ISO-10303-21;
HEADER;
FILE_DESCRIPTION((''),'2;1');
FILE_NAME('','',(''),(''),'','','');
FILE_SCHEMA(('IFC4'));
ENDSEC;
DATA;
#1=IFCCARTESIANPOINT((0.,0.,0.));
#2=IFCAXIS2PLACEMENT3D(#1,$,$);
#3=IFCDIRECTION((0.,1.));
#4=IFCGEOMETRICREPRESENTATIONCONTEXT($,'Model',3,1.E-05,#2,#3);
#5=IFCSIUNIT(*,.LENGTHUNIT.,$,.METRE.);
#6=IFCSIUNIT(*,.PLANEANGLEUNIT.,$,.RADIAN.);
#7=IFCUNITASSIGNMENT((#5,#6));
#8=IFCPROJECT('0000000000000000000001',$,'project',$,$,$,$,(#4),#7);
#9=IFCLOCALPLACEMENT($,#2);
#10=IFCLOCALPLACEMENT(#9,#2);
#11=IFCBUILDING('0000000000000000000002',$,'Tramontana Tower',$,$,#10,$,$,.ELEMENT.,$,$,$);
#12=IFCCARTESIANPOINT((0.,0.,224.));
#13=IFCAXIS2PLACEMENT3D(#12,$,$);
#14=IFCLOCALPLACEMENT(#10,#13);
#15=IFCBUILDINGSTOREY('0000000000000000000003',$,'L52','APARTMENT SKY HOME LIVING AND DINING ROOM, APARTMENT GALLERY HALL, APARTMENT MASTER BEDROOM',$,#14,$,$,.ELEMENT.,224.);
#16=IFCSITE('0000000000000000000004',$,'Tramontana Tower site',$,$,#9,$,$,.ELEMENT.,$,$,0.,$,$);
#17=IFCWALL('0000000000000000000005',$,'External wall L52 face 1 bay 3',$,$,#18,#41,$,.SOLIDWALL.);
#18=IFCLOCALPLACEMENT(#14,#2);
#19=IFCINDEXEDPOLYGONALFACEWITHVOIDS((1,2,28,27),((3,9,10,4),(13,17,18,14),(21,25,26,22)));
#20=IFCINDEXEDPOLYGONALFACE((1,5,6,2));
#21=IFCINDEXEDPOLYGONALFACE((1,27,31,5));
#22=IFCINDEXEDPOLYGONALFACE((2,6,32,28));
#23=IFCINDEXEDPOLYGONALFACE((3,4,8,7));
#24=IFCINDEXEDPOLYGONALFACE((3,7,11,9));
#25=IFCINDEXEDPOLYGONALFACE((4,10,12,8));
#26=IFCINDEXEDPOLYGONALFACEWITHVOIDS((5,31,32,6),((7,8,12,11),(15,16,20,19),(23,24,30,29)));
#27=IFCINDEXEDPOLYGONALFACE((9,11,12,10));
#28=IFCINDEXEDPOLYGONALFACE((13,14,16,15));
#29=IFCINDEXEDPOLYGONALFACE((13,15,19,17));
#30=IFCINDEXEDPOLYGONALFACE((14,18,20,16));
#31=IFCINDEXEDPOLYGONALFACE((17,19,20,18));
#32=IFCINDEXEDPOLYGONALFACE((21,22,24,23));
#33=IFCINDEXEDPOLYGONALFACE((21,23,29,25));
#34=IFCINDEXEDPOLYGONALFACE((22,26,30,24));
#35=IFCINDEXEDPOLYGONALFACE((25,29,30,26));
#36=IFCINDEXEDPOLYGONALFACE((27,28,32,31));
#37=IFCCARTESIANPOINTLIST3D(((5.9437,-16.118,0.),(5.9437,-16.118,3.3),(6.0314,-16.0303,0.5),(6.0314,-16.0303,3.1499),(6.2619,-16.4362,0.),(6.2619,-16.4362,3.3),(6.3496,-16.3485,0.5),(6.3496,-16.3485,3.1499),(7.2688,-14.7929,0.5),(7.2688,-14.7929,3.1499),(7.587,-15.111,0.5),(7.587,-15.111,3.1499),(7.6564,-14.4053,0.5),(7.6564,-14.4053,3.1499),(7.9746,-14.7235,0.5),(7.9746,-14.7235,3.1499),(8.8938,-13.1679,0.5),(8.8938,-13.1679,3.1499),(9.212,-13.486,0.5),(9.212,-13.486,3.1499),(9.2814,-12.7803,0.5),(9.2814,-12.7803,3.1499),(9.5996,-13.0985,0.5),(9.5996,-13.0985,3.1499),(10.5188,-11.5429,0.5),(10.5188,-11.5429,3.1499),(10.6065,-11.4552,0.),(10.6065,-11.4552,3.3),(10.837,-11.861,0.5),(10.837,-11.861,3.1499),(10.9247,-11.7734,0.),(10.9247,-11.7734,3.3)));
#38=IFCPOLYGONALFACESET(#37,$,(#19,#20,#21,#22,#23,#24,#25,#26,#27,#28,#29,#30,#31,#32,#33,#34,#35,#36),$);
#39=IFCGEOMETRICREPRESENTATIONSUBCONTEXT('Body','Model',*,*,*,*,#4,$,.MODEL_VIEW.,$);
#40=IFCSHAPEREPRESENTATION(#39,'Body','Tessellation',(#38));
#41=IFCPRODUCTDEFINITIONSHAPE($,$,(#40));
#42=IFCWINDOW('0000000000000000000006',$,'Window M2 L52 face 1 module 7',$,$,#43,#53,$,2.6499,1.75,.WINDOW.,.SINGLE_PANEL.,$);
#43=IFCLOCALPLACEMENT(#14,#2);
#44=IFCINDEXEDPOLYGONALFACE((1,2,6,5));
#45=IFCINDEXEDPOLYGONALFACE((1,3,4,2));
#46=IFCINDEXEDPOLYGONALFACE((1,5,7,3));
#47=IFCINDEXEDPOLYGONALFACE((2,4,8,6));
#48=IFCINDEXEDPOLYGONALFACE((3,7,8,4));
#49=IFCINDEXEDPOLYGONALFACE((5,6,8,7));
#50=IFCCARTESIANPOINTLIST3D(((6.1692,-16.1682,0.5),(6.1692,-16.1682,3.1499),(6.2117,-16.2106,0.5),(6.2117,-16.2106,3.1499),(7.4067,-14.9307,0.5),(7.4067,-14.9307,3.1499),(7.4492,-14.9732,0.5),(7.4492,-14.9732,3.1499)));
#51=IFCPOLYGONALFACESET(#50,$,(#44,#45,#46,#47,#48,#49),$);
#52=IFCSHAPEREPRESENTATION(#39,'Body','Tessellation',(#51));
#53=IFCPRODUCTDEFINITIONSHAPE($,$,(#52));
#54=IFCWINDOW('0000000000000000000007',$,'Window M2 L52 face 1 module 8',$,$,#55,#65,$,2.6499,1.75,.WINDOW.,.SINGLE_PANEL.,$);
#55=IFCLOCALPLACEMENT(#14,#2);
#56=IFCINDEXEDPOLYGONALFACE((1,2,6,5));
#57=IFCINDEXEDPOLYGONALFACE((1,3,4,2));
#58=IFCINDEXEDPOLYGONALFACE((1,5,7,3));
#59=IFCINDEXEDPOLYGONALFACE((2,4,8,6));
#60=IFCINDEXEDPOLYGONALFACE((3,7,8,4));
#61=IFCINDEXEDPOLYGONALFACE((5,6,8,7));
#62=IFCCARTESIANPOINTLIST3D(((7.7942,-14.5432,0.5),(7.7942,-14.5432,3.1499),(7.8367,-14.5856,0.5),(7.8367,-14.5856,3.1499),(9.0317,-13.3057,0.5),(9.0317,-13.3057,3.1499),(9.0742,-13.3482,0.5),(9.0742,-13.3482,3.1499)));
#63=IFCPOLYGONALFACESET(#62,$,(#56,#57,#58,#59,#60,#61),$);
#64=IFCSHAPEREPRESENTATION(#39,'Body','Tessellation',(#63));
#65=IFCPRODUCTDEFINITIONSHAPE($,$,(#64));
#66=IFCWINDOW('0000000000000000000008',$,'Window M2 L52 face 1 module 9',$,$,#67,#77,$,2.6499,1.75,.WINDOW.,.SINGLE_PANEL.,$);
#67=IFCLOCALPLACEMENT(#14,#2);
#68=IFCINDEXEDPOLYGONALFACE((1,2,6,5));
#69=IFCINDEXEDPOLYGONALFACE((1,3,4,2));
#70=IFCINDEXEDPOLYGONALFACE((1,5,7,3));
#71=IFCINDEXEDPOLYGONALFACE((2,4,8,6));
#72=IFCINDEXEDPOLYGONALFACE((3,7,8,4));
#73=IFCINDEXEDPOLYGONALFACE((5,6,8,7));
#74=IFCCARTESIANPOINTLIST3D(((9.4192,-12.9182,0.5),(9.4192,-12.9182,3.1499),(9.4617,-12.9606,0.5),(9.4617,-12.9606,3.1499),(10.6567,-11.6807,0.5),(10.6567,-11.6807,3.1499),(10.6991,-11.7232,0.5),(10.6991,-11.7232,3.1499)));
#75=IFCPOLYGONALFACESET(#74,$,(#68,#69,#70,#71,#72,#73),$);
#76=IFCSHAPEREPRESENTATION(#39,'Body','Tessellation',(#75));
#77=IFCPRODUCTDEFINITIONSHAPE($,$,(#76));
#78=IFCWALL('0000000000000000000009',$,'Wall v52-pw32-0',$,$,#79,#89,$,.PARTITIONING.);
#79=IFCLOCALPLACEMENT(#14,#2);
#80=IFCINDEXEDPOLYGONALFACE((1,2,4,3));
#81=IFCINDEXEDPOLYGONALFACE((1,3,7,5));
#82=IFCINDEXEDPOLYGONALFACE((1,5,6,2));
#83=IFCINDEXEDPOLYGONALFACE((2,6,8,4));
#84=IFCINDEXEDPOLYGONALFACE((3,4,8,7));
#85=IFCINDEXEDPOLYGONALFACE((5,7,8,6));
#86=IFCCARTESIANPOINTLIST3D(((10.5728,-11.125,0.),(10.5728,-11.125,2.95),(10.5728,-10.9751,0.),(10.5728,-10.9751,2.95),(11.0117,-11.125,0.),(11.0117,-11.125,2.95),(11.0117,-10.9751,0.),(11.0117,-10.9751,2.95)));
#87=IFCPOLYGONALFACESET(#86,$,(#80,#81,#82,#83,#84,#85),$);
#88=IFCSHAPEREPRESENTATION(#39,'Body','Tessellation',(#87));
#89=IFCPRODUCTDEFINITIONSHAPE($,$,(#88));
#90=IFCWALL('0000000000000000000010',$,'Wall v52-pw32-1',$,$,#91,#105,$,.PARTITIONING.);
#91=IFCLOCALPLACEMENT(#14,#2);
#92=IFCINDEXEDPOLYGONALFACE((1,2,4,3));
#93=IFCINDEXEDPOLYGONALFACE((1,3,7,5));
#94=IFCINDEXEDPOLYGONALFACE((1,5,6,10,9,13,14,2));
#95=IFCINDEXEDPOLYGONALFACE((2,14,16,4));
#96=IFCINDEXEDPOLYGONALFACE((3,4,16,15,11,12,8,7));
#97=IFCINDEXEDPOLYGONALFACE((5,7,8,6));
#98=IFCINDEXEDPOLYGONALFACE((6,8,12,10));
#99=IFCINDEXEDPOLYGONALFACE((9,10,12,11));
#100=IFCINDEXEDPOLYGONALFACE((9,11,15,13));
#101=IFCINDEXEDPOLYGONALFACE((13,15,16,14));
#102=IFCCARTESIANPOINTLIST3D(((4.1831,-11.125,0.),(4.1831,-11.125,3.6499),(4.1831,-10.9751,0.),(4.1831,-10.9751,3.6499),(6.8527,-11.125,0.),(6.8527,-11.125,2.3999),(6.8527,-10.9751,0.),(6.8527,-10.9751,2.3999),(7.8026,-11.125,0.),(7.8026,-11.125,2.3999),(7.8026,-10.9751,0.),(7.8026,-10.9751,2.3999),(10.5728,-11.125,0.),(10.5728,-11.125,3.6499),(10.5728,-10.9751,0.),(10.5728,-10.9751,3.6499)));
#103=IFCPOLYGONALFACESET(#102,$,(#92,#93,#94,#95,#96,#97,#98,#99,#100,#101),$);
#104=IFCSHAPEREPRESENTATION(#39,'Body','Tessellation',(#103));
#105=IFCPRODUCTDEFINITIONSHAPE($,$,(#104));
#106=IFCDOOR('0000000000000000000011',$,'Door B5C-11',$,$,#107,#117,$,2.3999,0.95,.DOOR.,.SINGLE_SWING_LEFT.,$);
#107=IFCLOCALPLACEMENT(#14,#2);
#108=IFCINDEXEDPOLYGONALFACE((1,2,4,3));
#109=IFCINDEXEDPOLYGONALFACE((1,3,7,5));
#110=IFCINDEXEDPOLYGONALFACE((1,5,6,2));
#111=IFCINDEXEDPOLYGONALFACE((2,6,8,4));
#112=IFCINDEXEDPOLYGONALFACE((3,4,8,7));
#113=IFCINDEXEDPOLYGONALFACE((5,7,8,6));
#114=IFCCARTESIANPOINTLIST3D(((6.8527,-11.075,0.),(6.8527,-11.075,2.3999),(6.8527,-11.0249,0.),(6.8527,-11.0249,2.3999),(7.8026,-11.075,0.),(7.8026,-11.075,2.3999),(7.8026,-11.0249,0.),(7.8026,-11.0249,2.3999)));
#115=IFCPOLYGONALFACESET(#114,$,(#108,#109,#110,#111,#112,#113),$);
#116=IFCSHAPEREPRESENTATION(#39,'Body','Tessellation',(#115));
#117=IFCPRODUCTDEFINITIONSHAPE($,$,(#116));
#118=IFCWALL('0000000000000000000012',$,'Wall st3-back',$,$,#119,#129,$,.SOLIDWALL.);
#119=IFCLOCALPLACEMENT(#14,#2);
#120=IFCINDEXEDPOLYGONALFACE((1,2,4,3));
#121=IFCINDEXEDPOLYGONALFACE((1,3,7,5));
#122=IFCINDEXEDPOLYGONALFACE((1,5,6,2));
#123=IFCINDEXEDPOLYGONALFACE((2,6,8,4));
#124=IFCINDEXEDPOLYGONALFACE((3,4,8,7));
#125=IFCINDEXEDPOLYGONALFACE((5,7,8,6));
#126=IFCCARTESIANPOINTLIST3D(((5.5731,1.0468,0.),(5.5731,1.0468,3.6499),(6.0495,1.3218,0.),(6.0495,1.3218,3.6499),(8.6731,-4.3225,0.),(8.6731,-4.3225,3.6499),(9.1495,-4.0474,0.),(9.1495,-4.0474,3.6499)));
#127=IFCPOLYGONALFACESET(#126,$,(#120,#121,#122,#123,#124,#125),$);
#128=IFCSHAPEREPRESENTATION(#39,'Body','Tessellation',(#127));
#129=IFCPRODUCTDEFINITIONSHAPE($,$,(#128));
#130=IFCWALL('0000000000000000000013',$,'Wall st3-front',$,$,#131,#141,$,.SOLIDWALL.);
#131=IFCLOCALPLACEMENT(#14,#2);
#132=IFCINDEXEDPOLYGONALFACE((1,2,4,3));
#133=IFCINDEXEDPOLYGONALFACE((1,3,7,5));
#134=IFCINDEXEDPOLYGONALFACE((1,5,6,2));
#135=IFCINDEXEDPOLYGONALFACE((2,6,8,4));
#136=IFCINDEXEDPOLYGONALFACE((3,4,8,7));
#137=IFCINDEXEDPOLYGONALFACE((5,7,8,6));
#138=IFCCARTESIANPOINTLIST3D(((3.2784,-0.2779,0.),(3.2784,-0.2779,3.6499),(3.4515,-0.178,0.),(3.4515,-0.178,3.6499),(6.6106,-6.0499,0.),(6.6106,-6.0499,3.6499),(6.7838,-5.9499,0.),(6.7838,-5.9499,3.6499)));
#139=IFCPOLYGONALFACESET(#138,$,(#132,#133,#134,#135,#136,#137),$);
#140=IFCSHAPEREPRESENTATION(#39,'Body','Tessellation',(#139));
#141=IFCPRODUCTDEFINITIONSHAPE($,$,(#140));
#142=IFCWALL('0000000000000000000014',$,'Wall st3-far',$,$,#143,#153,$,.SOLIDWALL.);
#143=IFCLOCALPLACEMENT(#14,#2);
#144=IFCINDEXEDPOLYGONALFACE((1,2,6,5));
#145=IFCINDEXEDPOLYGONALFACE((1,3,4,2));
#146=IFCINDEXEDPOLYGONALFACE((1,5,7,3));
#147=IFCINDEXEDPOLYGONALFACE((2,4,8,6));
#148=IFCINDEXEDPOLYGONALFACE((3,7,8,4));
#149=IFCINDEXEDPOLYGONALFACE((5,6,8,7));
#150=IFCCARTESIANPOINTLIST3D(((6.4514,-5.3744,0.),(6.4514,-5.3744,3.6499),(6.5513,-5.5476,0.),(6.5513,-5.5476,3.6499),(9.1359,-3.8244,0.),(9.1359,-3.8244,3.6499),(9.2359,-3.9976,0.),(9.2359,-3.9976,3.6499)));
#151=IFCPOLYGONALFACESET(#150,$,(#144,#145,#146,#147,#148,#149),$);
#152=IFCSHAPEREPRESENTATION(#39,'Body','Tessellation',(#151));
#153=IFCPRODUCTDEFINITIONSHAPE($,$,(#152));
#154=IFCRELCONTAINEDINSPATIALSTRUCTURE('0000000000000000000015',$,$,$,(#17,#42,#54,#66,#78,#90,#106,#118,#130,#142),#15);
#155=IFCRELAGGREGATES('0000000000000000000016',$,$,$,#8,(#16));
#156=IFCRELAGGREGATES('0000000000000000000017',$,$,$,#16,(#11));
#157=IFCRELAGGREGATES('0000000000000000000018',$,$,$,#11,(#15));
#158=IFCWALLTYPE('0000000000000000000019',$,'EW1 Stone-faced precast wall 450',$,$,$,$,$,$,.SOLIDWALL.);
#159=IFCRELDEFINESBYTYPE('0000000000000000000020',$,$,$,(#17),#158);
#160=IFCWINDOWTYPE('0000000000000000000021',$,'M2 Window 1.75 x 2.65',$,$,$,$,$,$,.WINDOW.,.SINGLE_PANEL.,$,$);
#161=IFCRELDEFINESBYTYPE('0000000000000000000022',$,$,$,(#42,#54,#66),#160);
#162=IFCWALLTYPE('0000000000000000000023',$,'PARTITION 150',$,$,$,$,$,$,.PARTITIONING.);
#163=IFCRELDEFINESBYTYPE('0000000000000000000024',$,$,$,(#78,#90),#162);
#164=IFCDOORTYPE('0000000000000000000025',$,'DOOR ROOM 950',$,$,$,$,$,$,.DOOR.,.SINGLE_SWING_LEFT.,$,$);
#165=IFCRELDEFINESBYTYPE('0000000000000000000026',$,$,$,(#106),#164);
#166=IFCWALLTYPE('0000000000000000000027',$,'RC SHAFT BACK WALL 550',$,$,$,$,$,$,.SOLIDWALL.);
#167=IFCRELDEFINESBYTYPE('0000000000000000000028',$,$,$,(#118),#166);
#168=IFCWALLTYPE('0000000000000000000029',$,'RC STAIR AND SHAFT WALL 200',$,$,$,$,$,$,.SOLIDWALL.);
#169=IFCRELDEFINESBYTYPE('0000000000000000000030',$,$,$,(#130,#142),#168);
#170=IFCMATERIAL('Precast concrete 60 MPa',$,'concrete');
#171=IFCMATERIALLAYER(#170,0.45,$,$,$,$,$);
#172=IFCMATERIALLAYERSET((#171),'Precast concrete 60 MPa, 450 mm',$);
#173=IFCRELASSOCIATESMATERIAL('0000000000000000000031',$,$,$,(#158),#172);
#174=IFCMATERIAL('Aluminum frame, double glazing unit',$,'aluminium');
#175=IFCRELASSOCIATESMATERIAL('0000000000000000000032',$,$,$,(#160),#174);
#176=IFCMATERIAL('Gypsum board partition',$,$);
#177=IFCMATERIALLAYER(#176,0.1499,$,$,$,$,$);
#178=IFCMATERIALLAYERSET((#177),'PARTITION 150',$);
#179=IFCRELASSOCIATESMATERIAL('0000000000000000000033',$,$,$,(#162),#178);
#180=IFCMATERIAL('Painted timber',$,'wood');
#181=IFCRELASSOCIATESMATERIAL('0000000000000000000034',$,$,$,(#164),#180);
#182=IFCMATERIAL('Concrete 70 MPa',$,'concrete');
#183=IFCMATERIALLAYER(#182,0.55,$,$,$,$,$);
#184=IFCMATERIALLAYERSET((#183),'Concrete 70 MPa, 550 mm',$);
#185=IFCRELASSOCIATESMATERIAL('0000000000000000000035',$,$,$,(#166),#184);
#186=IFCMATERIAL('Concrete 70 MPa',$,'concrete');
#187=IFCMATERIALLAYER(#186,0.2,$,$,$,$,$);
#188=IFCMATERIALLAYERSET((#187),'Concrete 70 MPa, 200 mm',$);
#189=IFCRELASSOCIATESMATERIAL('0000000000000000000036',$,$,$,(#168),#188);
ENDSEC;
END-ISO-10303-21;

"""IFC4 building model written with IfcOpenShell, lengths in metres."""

from ifc_helpers import new_model, si_unit, direction, frame, frame_2d, origin, place, context, subcontext, project, spatial, rectangle, extrude, material, layer, layer_set, type_object, element, fill, save


model = new_model("IFC4")

# Units and contexts
model_context = context("Model", 3, precision=1e-05, world=origin(), true_north=direction((0.0, 1.0)))
body_context = subcontext(model_context, "Body", "Model", "MODEL_VIEW")
ifc_project = project(units=[si_unit("LENGTHUNIT", "METRE"), si_unit("PLANEANGLEUNIT", "RADIAN")], contexts=[model_context])

# Site, building, storey
site_placement = place(None, origin())
site = spatial("IfcSite", under=ifc_project, at=site_placement, Name="Tramontana Tower site", CompositionType="ELEMENT", RefElevation=0.0)
building_placement = place(site_placement, origin())
building = spatial("IfcBuilding", under=site, at=building_placement, Name="Tramontana Tower", CompositionType="ELEMENT")
storey_placement = place(building_placement, frame((0.0, 0.0, 224.0)))
storey = spatial("IfcBuildingStorey", under=building, at=storey_placement, Name="L52", Description="APARTMENT SKY HOME LIVING AND DINING ROOM, APARTMENT GALLERY HALL, APARTMENT MASTER BEDROOM", CompositionType="ELEMENT", Elevation=224.0)

# Wall, openings, windows
ifc_material_1 = material(Name="Precast concrete 60 MPa", Category="concrete")
ifc_layer_1 = layer(ifc_material_1, 0.45)
ifc_layer_set_1 = layer_set([ifc_layer_1], Name="Precast concrete 60 MPa, 450 mm")
wall_type_1 = type_object("IfcWallType", Name="EW1 Stone-faced precast wall 450", PredefinedType="SOLIDWALL", material=ifc_layer_set_1)
wall_1_placement = place(storey_placement, frame((6.1028, -16.2771, 0.0), z_axis=(0.0, 0.0, 1.0), x_axis=(0.707107, 0.707107, 0.0)))
wall_1 = element("IfcWall", 1, at=wall_1_placement, inside=storey, type_object=wall_type_1, Name="External wall L52 face 1 bay 3", PredefinedType="SOLIDWALL", context=body_context, shape_type="SweptSolid", body=[
    extrude(rectangle(XDim=6.5942, YDim=0.45, at=frame_2d((3.2971, 0.0))), origin(), (0.0, 0.0, 1.0), 3.3),
])
opening_1_placement = place(wall_1_placement, frame((0.124, 0.0, 0.5)))
opening_1 = element("IfcOpeningElement", 2, at=opening_1_placement, cuts=wall_1, PredefinedType="OPENING", context=body_context, shape_type="SweptSolid", body=[
    extrude(rectangle(XDim=1.75, YDim=2.6499, at=frame_2d((0.875, 1.325))), frame((0.0, 0.2349, 0.0), z_axis=(0.0, -1.0, 0.0), x_axis=(1.0, 0.0, 0.0)), (0.0, 0.0, 1.0), 0.47),
])
opening_2_placement = place(wall_1_placement, frame((2.4221, 0.0, 0.5)))
opening_2 = element("IfcOpeningElement", 3, at=opening_2_placement, cuts=wall_1, PredefinedType="OPENING", context=body_context, shape_type="SweptSolid", body=[
    extrude(rectangle(XDim=1.75, YDim=2.6499, at=frame_2d((0.875, 1.325))), frame((0.0, 0.2349, 0.0), z_axis=(0.0, -1.0, 0.0), x_axis=(1.0, 0.0, 0.0)), (0.0, 0.0, 1.0), 0.47),
])
opening_3_placement = place(wall_1_placement, frame((4.7202, 0.0, 0.5)))
opening_3 = element("IfcOpeningElement", 4, at=opening_3_placement, cuts=wall_1, PredefinedType="OPENING", context=body_context, shape_type="SweptSolid", body=[
    extrude(rectangle(XDim=1.75, YDim=2.6499, at=frame_2d((0.875, 1.325))), frame((0.0, 0.2349, 0.0), z_axis=(0.0, -1.0, 0.0), x_axis=(1.0, 0.0, 0.0)), (0.0, 0.0, 1.0), 0.47),
])
ifc_material_2 = material(Name="Aluminum frame, double glazing unit", Category="aluminium")
window_type = type_object("IfcWindowType", Name="M2 Window 1.75 x 2.65", PartitioningType="SINGLE_PANEL", PredefinedType="WINDOW", material=ifc_material_2)
window_1_placement = place(opening_1_placement, origin())
window_1 = element("IfcWindow", 5, at=window_1_placement, inside=storey, type_object=window_type, Name="Window M2 L52 face 1 module 7", OverallHeight=2.6499, OverallWidth=1.75, PartitioningType="SINGLE_PANEL", PredefinedType="WINDOW", context=body_context, shape_type="SweptSolid", body=[
    extrude(rectangle(XDim=1.75, YDim=2.6499, at=frame_2d((0.875, 1.325))), frame((0.0, 0.03, 0.0), z_axis=(0.0, -1.0, 0.0), x_axis=(1.0, 0.0, 0.0)), (0.0, 0.0, 1.0), 0.0601),
])
fill(opening_1, window_1)
window_2_placement = place(opening_2_placement, origin())
window_2 = element("IfcWindow", 6, at=window_2_placement, inside=storey, type_object=window_type, Name="Window M2 L52 face 1 module 8", OverallHeight=2.6499, OverallWidth=1.75, PartitioningType="SINGLE_PANEL", PredefinedType="WINDOW", context=body_context, shape_type="SweptSolid", body=[
    extrude(rectangle(XDim=1.75, YDim=2.6499, at=frame_2d((0.875, 1.325))), frame((0.0, 0.03, 0.0), z_axis=(0.0, -1.0, 0.0), x_axis=(1.0, 0.0, 0.0)), (0.0, 0.0, 1.0), 0.0601),
])
fill(opening_2, window_2)
window_3_placement = place(opening_3_placement, origin())
window_3 = element("IfcWindow", 7, at=window_3_placement, inside=storey, type_object=window_type, Name="Window M2 L52 face 1 module 9", OverallHeight=2.6499, OverallWidth=1.75, PartitioningType="SINGLE_PANEL", PredefinedType="WINDOW", context=body_context, shape_type="SweptSolid", body=[
    extrude(rectangle(XDim=1.75, YDim=2.6499, at=frame_2d((0.875, 1.325))), frame((0.0, 0.03, 0.0), z_axis=(0.0, -1.0, 0.0), x_axis=(1.0, 0.0, 0.0)), (0.0, 0.0, 1.0), 0.0601),
])
fill(opening_3, window_3)

# Wall
ifc_material_3 = material(Name="Gypsum board partition")
ifc_layer_2 = layer(ifc_material_3, 0.1499)
ifc_layer_set_2 = layer_set([ifc_layer_2], Name="PARTITION 150")
wall_type_2 = type_object("IfcWallType", Name="PARTITION 150", PredefinedType="PARTITIONING", material=ifc_layer_set_2)
wall_2_placement = place(storey_placement, frame((11.0117, -11.05, 0.0), z_axis=(0.0, 0.0, 1.0), x_axis=(-1.0, 0.0, 0.0)))
element("IfcWall", 8, at=wall_2_placement, inside=storey, type_object=wall_type_2, Name="Wall v52-pw32-0", PredefinedType="PARTITIONING", context=body_context, shape_type="SweptSolid", body=[
    extrude(rectangle(XDim=0.439, YDim=0.1499, at=frame_2d((0.2195, 0.0))), origin(), (0.0, 0.0, 1.0), 2.95),
])

# Wall, opening, door
wall_3_placement = place(storey_placement, frame((10.5728, -11.05, 0.0), z_axis=(0.0, 0.0, 1.0), x_axis=(-1.0, 0.0, 0.0)))
wall_3 = element("IfcWall", 9, at=wall_3_placement, inside=storey, type_object=wall_type_2, Name="Wall v52-pw32-1", PredefinedType="PARTITIONING", context=body_context, shape_type="SweptSolid", body=[
    extrude(rectangle(XDim=6.3896, YDim=0.1499, at=frame_2d((3.1948, 0.0))), origin(), (0.0, 0.0, 1.0), 3.6499),
])
opening_4_placement = place(wall_3_placement, frame((2.77, 0.0, 0.0)))
opening_4 = element("IfcOpeningElement", 10, at=opening_4_placement, cuts=wall_3, PredefinedType="OPENING", context=body_context, shape_type="SweptSolid", body=[
    extrude(rectangle(XDim=0.95, YDim=2.3999, at=frame_2d((0.4751, 1.2))), frame((0.0, 0.085, 0.0), z_axis=(0.0, -1.0, 0.0), x_axis=(1.0, 0.0, 0.0)), (0.0, 0.0, 1.0), 0.1699),
])
ifc_material_4 = material(Name="Painted timber", Category="wood")
door_type_1 = type_object("IfcDoorType", Name="DOOR ROOM 950", OperationType="SINGLE_SWING_LEFT", PredefinedType="DOOR", material=ifc_material_4)
door_1_placement = place(opening_4_placement, origin())
door_1 = element("IfcDoor", 11, at=door_1_placement, inside=storey, type_object=door_type_1, Name="Door B5C-11", OperationType="SINGLE_SWING_LEFT", OverallHeight=2.3999, OverallWidth=0.95, PredefinedType="DOOR", context=body_context, shape_type="SweptSolid", body=[
    extrude(rectangle(XDim=0.95, YDim=2.3999, at=frame_2d((0.4751, 1.2))), frame((0.0, 0.0249, 0.0), z_axis=(0.0, -1.0, 0.0), x_axis=(1.0, 0.0, 0.0)), (0.0, 0.0, 1.0), 0.05),
])
fill(opening_4, door_1)

# Walls
ifc_material_5 = material(Name="Concrete 70 MPa", Category="concrete")
ifc_layer_3 = layer(ifc_material_5, 0.55)
ifc_layer_set_3 = layer_set([ifc_layer_3], Name="Concrete 70 MPa, 550 mm")
wall_type_3 = type_object("IfcWallType", Name="RC SHAFT BACK WALL 550", PredefinedType="SOLIDWALL", material=ifc_layer_set_3)
wall_4_placement = place(storey_placement, frame((8.9114, -4.1851, 0.0), z_axis=(0.0, 0.0, 1.0), x_axis=(-0.50001, 0.86602, 0.0)))
element("IfcWall", 12, at=wall_4_placement, inside=storey, type_object=wall_type_3, Name="Wall st3-back", PredefinedType="SOLIDWALL", context=body_context, shape_type="SweptSolid", body=[
    extrude(rectangle(XDim=6.2, YDim=0.55, at=frame_2d((3.1001, 0.0))), origin(), (0.0, 0.0, 1.0), 3.6499),
])
ifc_material_6 = material(Name="Concrete 70 MPa", Category="concrete")
ifc_layer_4 = layer(ifc_material_6, 0.2)
ifc_layer_set_4 = layer_set([ifc_layer_4], Name="Concrete 70 MPa, 200 mm")
wall_type_4 = type_object("IfcWallType", Name="RC STAIR AND SHAFT WALL 200", PredefinedType="SOLIDWALL", material=ifc_layer_set_4)
wall_5_placement = place(storey_placement, frame((6.6973, -6.0, 0.0), z_axis=(0.0, 0.0, 1.0), x_axis=(-0.49998, 0.866037, 0.0)))
element("IfcWall", 13, at=wall_5_placement, inside=storey, type_object=wall_type_4, Name="Wall st3-front", PredefinedType="SOLIDWALL", context=body_context, shape_type="SweptSolid", body=[
    extrude(rectangle(XDim=6.6648, YDim=0.2, at=frame_2d((3.3325, 0.0))), origin(), (0.0, 0.0, 1.0), 3.6499),
])
wall_6_placement = place(storey_placement, frame((6.5015, -5.4609, 0.0), z_axis=(0.0, 0.0, 1.0), x_axis=(0.86601, 0.500027, 0.0)))
element("IfcWall", 14, at=wall_6_placement, inside=storey, type_object=wall_type_4, Name="Wall st3-far", PredefinedType="SOLIDWALL", context=body_context, shape_type="SweptSolid", body=[
    extrude(rectangle(XDim=3.0999, YDim=0.2, at=frame_2d((1.5498, 0.0))), origin(), (0.0, 0.0, 1.0), 3.6499),
])

save(model, "model.ifc")
